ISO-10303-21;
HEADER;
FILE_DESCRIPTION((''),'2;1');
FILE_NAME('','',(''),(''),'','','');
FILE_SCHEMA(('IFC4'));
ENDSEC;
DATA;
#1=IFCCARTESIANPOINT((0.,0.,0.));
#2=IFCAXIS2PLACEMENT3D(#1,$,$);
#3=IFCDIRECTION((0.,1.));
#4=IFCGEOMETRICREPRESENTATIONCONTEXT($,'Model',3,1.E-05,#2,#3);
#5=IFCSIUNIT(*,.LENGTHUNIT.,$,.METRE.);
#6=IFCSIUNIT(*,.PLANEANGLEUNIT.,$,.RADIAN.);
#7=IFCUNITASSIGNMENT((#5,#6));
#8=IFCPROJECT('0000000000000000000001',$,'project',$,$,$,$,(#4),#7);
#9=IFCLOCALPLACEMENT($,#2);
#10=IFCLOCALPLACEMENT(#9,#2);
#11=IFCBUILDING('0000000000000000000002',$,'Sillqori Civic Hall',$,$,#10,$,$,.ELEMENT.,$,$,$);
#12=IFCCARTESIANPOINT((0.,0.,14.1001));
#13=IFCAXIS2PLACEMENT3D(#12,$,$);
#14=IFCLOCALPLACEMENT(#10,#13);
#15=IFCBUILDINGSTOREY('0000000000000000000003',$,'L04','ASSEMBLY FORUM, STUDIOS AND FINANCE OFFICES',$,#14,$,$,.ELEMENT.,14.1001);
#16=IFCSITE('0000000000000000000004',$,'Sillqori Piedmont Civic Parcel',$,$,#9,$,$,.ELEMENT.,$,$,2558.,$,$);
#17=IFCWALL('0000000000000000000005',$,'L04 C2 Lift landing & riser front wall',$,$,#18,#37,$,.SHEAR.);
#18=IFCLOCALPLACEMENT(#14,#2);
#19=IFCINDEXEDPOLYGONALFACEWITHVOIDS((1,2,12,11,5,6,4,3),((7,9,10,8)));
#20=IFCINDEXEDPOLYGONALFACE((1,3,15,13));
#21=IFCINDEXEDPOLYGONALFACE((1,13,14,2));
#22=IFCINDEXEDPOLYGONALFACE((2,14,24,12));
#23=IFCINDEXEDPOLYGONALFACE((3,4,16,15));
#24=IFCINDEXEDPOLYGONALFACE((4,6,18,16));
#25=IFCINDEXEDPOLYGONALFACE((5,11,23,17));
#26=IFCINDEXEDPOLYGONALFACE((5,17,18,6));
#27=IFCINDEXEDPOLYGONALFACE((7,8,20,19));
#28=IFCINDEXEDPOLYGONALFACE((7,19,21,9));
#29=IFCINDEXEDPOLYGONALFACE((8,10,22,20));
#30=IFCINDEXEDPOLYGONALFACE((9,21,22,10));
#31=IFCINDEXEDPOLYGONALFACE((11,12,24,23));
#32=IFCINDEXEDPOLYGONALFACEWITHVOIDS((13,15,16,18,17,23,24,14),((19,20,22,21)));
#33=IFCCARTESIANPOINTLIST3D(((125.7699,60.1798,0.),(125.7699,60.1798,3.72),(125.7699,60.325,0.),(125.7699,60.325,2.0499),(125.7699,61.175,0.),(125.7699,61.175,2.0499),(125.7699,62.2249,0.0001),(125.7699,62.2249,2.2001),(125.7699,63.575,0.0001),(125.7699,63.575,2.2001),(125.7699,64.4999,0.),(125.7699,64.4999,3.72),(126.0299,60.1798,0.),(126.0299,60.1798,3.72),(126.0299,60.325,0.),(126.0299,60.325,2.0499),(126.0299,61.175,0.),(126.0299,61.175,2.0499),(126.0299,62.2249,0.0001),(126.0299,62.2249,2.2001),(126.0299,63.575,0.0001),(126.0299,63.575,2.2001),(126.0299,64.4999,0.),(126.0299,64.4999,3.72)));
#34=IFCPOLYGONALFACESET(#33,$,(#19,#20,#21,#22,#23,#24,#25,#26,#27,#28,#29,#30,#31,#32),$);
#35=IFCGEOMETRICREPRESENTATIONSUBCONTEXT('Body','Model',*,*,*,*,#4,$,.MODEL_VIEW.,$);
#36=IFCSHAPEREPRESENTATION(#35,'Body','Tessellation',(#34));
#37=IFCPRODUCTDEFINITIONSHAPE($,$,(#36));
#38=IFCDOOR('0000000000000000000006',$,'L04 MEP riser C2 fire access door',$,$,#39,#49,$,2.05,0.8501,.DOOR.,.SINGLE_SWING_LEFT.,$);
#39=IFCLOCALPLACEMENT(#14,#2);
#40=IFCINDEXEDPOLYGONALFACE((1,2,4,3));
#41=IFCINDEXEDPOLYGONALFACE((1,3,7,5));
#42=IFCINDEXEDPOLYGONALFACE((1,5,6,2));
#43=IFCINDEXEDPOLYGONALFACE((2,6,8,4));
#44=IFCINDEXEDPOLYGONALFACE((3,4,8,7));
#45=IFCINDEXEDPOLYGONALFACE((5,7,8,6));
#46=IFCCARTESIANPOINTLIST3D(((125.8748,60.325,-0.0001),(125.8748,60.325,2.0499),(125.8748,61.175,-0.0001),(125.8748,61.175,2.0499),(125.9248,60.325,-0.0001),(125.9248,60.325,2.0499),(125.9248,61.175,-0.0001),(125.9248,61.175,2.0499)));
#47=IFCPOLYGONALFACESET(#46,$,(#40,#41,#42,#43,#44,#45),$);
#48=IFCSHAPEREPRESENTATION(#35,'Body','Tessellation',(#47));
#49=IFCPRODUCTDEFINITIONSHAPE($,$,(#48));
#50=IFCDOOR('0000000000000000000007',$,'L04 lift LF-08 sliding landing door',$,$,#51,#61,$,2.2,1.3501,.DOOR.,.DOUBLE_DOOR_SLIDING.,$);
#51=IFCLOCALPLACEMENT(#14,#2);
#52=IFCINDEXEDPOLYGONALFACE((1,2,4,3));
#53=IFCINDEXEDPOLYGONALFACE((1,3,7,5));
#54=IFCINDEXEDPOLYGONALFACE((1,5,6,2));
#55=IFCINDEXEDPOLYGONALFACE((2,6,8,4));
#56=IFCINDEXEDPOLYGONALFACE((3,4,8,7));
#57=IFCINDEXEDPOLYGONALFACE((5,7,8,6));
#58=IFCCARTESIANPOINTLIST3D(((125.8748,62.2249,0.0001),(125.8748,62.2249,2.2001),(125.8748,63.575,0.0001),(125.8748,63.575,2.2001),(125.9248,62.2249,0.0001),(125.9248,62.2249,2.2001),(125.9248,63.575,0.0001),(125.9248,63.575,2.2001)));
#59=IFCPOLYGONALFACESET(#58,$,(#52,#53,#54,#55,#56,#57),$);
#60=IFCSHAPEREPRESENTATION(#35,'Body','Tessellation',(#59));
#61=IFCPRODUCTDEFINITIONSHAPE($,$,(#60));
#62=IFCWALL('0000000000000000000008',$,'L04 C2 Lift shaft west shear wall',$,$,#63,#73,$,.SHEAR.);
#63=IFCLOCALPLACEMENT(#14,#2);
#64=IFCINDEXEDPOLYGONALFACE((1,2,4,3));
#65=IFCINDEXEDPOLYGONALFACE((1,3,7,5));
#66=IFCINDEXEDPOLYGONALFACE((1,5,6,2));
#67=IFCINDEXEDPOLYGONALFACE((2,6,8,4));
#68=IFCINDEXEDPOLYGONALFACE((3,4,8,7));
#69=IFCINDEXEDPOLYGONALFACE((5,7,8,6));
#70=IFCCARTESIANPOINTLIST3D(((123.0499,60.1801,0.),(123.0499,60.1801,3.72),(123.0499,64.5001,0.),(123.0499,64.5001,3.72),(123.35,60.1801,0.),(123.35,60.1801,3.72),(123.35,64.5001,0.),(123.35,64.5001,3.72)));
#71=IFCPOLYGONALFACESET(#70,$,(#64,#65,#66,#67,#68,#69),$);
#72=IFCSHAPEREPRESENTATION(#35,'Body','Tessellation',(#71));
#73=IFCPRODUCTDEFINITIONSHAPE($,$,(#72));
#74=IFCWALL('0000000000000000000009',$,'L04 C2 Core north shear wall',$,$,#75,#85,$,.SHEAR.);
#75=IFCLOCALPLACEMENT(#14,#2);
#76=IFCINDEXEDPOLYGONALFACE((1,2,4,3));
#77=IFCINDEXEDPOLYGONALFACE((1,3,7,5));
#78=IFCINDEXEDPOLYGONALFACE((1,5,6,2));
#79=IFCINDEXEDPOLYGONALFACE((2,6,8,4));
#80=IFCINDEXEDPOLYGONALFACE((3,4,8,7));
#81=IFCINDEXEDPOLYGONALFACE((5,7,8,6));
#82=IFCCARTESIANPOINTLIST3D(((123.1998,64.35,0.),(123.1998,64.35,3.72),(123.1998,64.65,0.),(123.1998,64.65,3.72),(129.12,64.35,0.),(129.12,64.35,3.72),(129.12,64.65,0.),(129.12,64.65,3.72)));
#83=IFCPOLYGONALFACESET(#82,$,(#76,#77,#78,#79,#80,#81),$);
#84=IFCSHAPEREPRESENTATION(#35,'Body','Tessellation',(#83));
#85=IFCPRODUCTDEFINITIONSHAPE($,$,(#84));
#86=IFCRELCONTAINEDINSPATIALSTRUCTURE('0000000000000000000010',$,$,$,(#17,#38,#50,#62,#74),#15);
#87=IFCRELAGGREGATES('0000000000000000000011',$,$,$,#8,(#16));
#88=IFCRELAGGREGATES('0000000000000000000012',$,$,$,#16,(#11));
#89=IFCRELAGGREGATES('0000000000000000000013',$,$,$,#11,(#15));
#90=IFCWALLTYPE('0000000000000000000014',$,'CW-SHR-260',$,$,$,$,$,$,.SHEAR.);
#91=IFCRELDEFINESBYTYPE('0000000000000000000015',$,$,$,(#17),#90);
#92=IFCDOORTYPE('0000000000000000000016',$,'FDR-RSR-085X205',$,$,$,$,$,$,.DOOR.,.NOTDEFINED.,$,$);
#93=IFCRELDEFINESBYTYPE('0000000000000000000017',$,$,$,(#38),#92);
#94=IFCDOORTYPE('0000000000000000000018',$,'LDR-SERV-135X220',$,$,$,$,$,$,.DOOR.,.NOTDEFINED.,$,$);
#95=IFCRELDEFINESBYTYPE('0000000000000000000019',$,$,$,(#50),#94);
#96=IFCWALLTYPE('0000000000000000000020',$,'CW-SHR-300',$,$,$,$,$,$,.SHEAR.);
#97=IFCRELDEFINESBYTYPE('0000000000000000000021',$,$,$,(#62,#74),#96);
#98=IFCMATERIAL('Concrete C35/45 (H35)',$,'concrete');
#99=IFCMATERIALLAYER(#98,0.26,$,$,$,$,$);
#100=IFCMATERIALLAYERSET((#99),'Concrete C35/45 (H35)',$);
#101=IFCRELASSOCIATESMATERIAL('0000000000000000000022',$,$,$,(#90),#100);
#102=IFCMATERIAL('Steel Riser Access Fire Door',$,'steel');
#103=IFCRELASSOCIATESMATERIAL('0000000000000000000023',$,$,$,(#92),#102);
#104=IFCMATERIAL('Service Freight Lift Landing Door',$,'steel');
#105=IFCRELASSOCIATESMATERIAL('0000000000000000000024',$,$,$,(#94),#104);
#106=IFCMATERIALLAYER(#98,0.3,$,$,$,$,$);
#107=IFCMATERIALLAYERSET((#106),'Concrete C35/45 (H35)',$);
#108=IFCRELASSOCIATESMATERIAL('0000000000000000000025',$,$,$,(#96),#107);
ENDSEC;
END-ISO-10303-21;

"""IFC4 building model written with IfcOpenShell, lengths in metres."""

from ifc_helpers import new_model, si_unit, direction, frame, frame_2d, origin, place, context, subcontext, project, spatial, rectangle, extrude, material, layer, layer_set, type_object, element, fill, save


model = new_model("IFC4")

# Units and contexts
model_context = context("Model", 3, precision=1e-05, world=origin(), true_north=direction((0.0, 1.0)))
body_context = subcontext(model_context, "Body", "Model", "MODEL_VIEW")
ifc_project = project(units=[si_unit("LENGTHUNIT", "METRE"), si_unit("PLANEANGLEUNIT", "RADIAN")], contexts=[model_context])

# Site, building, storey
site_placement = place(None, origin())
site = spatial("IfcSite", under=ifc_project, at=site_placement, Name="Sillqori Piedmont Civic Parcel", CompositionType="ELEMENT", RefElevation=2558.0)
building_placement = place(site_placement, origin())
building = spatial("IfcBuilding", under=site, at=building_placement, Name="Sillqori Civic Hall", CompositionType="ELEMENT")
storey_placement = place(building_placement, frame((0.0, 0.0, 14.1001)))
storey = spatial("IfcBuildingStorey", under=building, at=storey_placement, Name="L04", Description="ASSEMBLY FORUM, STUDIOS AND FINANCE OFFICES", CompositionType="ELEMENT", Elevation=14.1001)

# Shared definitions
ifc_material_1 = material(Name="Concrete C35/45 (H35)", Category="concrete")

# Shared definitions
ifc_layer_1 = layer(ifc_material_1, 0.26)
ifc_layer_set_1 = layer_set([ifc_layer_1], Name="Concrete C35/45 (H35)")
wall_type_1 = type_object("IfcWallType", Name="CW-SHR-260", PredefinedType="SHEAR", material=ifc_layer_set_1)

# Wall, openings, doors
wall_1_placement = place(storey_placement, frame((125.8999, 64.5, 0.0), z_axis=(0.0, 0.0, 1.0), x_axis=(0.0, -1.0, 0.0)))
wall_1 = element("IfcWall", 1, at=wall_1_placement, inside=storey, type_object=wall_type_1, Name="L04 C2 Lift landing & riser front wall", PredefinedType="SHEAR", context=body_context, shape_type="SweptSolid", body=[
    extrude(rectangle(XDim=4.3201, YDim=0.26, at=frame_2d((2.1602, 0.0))), origin(), (0.0, 0.0, 1.0), 3.72),
])
opening_1_placement = place(wall_1_placement, frame((0.925, 0.0, 0.0)))
opening_1 = element("IfcOpeningElement", 2, at=opening_1_placement, cuts=wall_1, PredefinedType="OPENING", context=body_context, shape_type="SweptSolid", body=[
    extrude(rectangle(XDim=1.3501, YDim=2.2, at=frame_2d((0.675, 1.1001))), frame((0.0, 0.1399, 0.0), z_axis=(0.0, -1.0, 0.0), x_axis=(1.0, 0.0, 0.0)), (0.0, 0.0, 1.0), 0.28),
])
opening_2_placement = place(wall_1_placement, frame((3.325, 0.0, 0.0)))
opening_2 = element("IfcOpeningElement", 3, at=opening_2_placement, cuts=wall_1, PredefinedType="OPENING", context=body_context, shape_type="SweptSolid", body=[
    extrude(rectangle(XDim=0.8501, YDim=2.05, at=frame_2d((0.425, 1.0249))), frame((0.0, 0.1399, 0.0), z_axis=(0.0, -1.0, 0.0), x_axis=(1.0, 0.0, 0.0)), (0.0, 0.0, 1.0), 0.28),
])
ifc_material_2 = material(Name="Steel Riser Access Fire Door", Category="steel")
door_type_1 = type_object("IfcDoorType", Name="FDR-RSR-085X205", OperationType="NOTDEFINED", PredefinedType="DOOR", material=ifc_material_2)
door_1_placement = place(opening_2_placement, origin())
door_1 = element("IfcDoor", 4, at=door_1_placement, inside=storey, type_object=door_type_1, Name="L04 MEP riser C2 fire access door", OperationType="SINGLE_SWING_LEFT", OverallHeight=2.05, OverallWidth=0.8501, PredefinedType="DOOR", context=body_context, shape_type="SweptSolid", body=[
    extrude(rectangle(XDim=0.8501, YDim=2.05, at=frame_2d((0.425, 1.0249))), frame((0.0, 0.0249, 0.0), z_axis=(0.0, -1.0, 0.0), x_axis=(1.0, 0.0, 0.0)), (0.0, 0.0, 1.0), 0.05),
])
fill(opening_2, door_1)
ifc_material_3 = material(Name="Service Freight Lift Landing Door", Category="steel")
door_type_2 = type_object("IfcDoorType", Name="LDR-SERV-135X220", OperationType="NOTDEFINED", PredefinedType="DOOR", material=ifc_material_3)
door_2_placement = place(opening_1_placement, origin())
door_2 = element("IfcDoor", 5, at=door_2_placement, inside=storey, type_object=door_type_2, Name="L04 lift LF-08 sliding landing door", OperationType="DOUBLE_DOOR_SLIDING", OverallHeight=2.2, OverallWidth=1.3501, PredefinedType="DOOR", context=body_context, shape_type="SweptSolid", body=[
    extrude(rectangle(XDim=1.3501, YDim=2.2, at=frame_2d((0.675, 1.1001))), frame((0.0, 0.0249, 0.0), z_axis=(0.0, -1.0, 0.0), x_axis=(1.0, 0.0, 0.0)), (0.0, 0.0, 1.0), 0.05),
])
fill(opening_1, door_2)

# Walls
ifc_layer_2 = layer(ifc_material_1, 0.3)
ifc_layer_set_2 = layer_set([ifc_layer_2], Name="Concrete C35/45 (H35)")
wall_type_2 = type_object("IfcWallType", Name="CW-SHR-300", PredefinedType="SHEAR", material=ifc_layer_set_2)
wall_2_placement = place(storey_placement, frame((123.2, 60.1799, 0.0), z_axis=(0.0, 0.0, 1.0), x_axis=(0.0, 1.0, 0.0)))
element("IfcWall", 6, at=wall_2_placement, inside=storey, type_object=wall_type_2, Name="L04 C2 Lift shaft west shear wall", PredefinedType="SHEAR", context=body_context, shape_type="SweptSolid", body=[
    extrude(rectangle(XDim=4.3201, YDim=0.3, at=frame_2d((2.1602, 0.0))), origin(), (0.0, 0.0, 1.0), 3.72),
])
wall_3_placement = place(storey_placement, frame((123.2, 64.5, 0.0), z_axis=(0.0, 0.0, 1.0), x_axis=(1.0, 0.0, 0.0)))
element("IfcWall", 7, at=wall_3_placement, inside=storey, type_object=wall_type_2, Name="L04 C2 Core north shear wall", PredefinedType="SHEAR", context=body_context, shape_type="SweptSolid", body=[
    extrude(rectangle(XDim=5.9202, YDim=0.3, at=frame_2d((2.96, 0.0))), origin(), (0.0, 0.0, 1.0), 3.72),
])

save(model, "model.ifc")
